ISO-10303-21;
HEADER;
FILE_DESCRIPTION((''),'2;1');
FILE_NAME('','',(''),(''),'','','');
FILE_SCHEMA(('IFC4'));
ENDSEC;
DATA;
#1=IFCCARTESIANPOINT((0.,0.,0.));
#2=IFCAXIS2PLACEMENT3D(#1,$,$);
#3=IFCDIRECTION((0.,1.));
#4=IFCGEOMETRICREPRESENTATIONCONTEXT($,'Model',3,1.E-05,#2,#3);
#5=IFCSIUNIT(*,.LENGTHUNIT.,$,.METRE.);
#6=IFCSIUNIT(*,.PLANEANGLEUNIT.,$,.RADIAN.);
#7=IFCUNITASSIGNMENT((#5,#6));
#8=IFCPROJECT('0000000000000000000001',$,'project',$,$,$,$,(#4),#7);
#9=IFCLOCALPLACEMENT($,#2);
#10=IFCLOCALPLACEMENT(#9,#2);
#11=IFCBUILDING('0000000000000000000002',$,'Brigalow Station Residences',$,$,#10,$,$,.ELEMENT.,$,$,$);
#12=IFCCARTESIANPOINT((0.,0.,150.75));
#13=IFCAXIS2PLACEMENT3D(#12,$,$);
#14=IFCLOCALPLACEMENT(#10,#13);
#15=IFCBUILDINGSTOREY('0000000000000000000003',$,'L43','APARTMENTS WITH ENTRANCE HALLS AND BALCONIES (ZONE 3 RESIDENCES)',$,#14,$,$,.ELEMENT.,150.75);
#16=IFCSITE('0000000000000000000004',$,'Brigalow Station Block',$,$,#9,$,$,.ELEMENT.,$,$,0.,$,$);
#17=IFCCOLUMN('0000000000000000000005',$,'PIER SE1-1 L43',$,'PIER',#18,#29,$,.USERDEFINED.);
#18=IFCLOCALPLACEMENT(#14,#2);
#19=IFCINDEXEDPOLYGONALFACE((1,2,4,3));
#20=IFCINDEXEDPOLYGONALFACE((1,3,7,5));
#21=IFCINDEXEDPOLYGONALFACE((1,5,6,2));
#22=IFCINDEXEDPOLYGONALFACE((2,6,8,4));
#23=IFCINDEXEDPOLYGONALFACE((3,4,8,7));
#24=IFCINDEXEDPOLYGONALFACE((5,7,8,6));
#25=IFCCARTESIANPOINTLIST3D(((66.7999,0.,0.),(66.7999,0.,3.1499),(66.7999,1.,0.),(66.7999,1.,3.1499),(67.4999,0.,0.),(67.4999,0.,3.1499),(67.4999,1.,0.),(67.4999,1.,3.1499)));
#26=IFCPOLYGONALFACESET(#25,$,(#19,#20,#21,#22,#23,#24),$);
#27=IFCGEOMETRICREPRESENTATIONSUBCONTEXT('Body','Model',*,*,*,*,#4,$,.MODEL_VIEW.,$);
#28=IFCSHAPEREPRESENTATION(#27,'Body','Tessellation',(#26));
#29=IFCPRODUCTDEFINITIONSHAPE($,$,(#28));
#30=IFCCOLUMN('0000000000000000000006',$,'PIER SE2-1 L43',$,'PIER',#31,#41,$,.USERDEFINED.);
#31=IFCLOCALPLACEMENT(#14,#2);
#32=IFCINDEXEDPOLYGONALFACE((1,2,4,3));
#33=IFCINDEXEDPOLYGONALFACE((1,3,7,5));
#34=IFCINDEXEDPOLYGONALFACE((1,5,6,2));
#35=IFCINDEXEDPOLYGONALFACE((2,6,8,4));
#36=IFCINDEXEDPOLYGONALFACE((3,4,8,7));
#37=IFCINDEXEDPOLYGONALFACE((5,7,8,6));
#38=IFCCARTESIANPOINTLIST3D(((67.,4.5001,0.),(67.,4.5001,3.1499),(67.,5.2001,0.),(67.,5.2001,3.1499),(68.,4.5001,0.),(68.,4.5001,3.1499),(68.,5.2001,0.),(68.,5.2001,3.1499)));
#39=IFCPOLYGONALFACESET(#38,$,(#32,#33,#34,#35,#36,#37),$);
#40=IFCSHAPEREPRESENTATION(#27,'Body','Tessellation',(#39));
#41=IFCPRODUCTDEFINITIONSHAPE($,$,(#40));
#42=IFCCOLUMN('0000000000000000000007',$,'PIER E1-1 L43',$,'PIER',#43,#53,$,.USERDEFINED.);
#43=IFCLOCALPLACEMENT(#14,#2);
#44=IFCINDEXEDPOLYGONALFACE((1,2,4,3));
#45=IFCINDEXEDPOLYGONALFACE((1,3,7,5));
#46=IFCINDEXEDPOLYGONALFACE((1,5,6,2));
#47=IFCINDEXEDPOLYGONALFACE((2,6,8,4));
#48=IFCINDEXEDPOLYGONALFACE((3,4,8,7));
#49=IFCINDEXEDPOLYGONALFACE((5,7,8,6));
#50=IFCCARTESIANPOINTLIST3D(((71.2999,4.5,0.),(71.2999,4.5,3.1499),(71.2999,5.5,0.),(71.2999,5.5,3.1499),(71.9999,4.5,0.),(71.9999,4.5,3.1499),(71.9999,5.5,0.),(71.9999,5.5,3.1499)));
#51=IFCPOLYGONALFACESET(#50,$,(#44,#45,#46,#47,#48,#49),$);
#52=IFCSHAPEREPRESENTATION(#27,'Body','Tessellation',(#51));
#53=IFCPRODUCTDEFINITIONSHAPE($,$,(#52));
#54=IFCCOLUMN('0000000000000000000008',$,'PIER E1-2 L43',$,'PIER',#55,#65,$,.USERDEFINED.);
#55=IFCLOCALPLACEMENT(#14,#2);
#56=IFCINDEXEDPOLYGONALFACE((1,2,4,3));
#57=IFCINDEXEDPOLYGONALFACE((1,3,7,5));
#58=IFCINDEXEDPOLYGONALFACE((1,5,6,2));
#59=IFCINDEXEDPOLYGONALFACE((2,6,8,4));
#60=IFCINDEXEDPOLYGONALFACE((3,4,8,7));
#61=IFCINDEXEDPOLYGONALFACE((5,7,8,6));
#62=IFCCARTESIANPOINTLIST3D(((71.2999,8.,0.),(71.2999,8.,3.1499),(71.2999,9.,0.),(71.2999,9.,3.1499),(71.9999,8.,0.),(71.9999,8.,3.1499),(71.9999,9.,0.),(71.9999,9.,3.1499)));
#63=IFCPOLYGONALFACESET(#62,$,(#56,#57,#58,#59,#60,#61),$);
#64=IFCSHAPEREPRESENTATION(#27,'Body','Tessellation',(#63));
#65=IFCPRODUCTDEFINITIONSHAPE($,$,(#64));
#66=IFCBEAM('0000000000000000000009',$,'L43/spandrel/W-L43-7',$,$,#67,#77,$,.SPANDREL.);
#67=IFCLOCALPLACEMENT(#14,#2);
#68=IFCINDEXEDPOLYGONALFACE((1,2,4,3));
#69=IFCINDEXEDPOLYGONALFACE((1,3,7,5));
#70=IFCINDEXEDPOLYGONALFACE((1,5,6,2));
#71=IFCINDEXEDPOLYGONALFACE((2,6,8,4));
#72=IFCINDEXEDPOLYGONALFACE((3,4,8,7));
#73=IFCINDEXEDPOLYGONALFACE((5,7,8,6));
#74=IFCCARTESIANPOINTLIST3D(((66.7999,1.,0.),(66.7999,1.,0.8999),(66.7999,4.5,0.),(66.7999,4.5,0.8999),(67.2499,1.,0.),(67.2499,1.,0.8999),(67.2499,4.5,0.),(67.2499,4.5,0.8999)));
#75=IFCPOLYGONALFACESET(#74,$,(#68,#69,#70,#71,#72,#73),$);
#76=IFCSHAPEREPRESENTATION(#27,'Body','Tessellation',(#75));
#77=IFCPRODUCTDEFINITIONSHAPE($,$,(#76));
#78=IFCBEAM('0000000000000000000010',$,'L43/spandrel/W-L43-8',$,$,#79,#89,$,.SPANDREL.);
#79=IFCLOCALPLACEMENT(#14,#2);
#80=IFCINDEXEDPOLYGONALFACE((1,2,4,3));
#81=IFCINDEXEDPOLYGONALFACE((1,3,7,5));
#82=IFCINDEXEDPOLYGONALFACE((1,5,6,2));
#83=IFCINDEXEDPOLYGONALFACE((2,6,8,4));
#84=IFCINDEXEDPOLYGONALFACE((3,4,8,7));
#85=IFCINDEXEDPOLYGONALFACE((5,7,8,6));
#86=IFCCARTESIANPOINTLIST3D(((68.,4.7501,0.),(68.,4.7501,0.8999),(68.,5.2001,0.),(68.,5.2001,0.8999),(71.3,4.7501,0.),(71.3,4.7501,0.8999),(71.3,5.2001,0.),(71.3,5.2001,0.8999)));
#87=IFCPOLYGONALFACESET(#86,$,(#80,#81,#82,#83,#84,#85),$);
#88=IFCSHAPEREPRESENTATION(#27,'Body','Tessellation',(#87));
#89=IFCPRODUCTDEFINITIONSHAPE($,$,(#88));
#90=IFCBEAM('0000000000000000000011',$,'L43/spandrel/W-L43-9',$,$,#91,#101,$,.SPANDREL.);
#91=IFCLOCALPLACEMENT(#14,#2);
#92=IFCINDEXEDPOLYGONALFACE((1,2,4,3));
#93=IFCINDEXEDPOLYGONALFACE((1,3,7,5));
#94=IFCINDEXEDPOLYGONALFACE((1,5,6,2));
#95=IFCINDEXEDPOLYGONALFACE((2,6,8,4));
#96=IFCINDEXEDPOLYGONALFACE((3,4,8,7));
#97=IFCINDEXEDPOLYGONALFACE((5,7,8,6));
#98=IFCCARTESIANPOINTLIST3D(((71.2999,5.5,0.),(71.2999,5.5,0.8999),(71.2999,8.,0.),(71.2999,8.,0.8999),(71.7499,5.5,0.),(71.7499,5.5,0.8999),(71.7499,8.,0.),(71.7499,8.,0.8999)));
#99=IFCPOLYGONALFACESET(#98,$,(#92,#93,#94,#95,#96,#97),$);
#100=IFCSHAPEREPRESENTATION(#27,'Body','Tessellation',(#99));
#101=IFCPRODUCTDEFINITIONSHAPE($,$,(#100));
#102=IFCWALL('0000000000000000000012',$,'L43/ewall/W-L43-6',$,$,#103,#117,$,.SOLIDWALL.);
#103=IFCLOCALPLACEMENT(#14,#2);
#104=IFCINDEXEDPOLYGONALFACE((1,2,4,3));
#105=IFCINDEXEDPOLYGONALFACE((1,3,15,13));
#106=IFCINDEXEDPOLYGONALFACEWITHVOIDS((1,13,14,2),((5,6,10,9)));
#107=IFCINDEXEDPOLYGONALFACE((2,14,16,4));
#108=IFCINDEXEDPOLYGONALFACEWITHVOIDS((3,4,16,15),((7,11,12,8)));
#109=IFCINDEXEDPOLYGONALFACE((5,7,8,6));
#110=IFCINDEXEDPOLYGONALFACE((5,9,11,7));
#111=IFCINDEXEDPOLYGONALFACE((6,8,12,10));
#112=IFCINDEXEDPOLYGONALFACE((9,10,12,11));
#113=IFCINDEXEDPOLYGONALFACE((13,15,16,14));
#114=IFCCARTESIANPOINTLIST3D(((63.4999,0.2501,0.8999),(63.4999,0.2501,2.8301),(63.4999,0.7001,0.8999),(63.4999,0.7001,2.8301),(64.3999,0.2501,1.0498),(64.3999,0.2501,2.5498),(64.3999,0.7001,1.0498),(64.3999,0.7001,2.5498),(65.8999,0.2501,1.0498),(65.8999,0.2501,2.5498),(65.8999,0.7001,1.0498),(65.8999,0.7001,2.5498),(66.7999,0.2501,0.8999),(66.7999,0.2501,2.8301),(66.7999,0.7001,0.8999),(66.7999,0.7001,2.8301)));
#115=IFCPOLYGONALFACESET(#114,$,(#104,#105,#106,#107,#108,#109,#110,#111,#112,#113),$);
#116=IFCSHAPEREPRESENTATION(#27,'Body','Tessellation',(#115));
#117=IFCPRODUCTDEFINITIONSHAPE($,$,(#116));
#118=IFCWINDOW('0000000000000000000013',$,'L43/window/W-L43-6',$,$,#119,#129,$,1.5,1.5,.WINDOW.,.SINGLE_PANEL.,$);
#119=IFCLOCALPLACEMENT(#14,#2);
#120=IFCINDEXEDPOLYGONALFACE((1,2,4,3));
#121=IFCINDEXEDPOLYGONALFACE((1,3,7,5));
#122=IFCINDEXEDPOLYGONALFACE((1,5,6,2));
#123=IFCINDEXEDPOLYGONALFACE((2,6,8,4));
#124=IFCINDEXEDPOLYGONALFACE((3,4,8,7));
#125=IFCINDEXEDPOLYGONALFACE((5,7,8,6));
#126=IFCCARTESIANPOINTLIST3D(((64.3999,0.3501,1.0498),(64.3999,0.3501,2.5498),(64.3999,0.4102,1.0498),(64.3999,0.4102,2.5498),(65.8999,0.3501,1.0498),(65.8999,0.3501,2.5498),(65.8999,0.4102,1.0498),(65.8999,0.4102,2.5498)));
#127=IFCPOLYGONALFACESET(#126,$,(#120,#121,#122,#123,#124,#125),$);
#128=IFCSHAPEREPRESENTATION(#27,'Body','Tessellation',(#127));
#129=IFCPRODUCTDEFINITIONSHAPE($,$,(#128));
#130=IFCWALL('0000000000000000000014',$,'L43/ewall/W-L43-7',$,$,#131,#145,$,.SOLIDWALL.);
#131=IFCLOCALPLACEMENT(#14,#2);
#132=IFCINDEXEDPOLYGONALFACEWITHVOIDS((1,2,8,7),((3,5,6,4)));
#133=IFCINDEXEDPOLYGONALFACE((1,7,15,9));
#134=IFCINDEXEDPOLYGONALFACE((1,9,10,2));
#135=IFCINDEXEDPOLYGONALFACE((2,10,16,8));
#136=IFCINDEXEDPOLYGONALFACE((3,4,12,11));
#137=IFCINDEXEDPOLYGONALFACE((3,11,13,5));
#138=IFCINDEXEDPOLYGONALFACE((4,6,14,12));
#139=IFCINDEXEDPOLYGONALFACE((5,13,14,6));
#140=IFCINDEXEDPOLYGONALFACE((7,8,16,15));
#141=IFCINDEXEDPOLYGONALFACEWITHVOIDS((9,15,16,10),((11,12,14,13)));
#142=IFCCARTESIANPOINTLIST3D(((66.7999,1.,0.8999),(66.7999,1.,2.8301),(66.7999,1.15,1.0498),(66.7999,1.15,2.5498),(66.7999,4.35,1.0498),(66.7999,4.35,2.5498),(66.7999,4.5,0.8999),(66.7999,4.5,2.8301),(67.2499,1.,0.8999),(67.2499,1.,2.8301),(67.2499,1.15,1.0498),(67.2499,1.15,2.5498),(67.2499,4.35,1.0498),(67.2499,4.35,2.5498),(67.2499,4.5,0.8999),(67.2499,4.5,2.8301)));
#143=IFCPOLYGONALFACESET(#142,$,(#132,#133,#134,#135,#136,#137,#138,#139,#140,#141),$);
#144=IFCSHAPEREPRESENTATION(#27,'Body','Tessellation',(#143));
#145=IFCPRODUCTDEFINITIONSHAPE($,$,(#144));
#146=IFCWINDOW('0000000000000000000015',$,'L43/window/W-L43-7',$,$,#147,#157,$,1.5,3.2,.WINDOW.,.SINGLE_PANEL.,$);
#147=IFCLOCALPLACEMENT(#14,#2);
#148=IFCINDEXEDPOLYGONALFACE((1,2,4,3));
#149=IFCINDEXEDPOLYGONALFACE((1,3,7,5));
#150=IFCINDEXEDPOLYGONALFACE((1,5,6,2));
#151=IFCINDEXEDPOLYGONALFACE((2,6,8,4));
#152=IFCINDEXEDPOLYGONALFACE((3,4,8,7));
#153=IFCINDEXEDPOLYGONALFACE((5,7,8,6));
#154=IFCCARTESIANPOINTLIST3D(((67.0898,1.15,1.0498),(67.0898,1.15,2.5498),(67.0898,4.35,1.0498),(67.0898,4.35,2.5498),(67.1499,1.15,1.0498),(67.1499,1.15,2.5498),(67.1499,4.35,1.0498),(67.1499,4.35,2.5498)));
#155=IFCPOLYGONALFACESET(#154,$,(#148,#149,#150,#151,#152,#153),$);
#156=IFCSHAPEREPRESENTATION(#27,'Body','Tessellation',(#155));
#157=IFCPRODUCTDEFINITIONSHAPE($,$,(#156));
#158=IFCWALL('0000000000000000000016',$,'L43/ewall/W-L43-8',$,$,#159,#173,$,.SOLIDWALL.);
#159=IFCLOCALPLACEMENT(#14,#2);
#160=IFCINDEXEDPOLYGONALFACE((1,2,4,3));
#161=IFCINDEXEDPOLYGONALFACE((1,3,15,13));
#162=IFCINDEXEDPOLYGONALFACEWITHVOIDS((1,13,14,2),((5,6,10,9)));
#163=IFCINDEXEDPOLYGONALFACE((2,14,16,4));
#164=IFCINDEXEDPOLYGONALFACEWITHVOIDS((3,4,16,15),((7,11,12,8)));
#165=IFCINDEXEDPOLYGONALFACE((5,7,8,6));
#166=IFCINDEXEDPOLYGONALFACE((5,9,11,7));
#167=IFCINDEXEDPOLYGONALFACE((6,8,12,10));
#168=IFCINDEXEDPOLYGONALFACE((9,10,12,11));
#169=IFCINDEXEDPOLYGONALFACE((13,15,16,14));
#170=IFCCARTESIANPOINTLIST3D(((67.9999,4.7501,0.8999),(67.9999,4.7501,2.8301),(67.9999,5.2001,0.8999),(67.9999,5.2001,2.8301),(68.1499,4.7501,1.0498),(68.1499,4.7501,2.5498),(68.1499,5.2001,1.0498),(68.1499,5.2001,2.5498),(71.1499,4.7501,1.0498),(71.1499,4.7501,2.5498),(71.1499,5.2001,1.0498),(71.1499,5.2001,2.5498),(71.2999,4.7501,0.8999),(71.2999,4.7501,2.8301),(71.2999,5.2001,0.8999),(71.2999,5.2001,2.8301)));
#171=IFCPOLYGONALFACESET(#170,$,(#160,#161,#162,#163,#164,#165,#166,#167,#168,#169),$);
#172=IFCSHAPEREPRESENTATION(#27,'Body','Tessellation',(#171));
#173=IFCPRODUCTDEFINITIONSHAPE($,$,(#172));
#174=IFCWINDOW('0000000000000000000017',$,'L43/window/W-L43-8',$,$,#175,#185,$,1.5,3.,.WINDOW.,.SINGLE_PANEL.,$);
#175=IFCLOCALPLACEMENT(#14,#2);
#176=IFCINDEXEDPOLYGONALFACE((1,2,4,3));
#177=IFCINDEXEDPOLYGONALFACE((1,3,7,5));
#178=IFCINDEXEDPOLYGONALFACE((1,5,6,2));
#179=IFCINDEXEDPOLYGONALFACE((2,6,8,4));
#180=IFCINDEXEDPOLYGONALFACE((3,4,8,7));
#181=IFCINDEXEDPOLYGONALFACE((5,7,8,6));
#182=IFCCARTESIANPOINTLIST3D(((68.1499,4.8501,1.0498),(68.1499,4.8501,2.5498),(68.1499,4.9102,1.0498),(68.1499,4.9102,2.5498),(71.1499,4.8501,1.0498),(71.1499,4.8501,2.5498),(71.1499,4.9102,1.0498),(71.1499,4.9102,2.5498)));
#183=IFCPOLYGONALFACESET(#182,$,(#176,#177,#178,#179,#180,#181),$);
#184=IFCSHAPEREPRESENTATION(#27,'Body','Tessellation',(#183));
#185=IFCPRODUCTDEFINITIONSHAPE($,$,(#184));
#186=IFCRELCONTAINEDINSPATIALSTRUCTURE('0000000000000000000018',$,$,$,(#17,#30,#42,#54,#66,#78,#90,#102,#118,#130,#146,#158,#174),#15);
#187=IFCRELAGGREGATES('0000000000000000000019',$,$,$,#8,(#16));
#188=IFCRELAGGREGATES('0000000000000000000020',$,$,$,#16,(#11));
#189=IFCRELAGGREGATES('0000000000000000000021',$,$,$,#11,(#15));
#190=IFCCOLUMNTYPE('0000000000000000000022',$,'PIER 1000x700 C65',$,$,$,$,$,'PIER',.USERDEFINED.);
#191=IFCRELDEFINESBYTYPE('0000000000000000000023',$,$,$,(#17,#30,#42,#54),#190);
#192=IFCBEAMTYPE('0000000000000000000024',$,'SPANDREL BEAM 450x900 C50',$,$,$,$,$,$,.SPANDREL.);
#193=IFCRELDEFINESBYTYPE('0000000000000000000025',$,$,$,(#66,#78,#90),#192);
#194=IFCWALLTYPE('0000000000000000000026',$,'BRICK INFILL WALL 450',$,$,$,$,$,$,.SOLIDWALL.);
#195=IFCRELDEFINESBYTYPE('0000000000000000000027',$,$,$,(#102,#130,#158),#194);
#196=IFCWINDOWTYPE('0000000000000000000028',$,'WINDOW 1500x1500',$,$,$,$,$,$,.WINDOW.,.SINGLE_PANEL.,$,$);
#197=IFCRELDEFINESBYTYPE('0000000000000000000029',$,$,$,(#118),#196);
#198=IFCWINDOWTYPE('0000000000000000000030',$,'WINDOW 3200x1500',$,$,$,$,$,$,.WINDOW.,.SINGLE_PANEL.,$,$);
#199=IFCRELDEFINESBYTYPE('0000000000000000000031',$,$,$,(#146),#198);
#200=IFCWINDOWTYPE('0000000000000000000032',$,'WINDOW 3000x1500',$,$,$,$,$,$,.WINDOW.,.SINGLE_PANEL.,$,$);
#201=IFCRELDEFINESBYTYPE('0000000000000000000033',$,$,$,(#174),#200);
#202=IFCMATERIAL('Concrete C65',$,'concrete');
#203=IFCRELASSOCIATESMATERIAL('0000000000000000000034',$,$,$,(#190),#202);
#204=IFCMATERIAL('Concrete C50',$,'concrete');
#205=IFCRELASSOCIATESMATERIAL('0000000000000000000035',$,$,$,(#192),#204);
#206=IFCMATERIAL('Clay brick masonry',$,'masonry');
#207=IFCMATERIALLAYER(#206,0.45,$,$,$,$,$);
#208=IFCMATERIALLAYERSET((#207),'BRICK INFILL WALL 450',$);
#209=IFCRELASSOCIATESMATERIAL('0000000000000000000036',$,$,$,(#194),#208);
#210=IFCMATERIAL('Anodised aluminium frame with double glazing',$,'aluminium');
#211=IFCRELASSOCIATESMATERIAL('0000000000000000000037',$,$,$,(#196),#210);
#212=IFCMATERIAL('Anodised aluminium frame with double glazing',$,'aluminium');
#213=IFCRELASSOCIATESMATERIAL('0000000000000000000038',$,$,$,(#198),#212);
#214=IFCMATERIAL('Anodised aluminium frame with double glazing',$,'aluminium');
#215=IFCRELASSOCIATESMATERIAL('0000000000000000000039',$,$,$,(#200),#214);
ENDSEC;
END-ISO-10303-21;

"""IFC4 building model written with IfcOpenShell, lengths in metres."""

from ifc_helpers import new_model, si_unit, direction, frame, frame_2d, origin, origin_2d, place, context, subcontext, project, spatial, rectangle, extrude, material, layer, layer_set, material_profile, profile_set, type_object, element, fill, save


model = new_model("IFC4")

# Units and contexts
model_context = context("Model", 3, precision=1e-05, world=origin(), true_north=direction((0.0, 1.0)))
body_context = subcontext(model_context, "Body", "Model", "MODEL_VIEW")
ifc_project = project(units=[si_unit("LENGTHUNIT", "METRE"), si_unit("PLANEANGLEUNIT", "RADIAN")], contexts=[model_context])

# Site, building, storey
site_placement = place(None, origin())
site = spatial("IfcSite", under=ifc_project, at=site_placement, Name="Brigalow Station Block", CompositionType="ELEMENT", RefElevation=0.0)
building_placement = place(site_placement, origin())
building = spatial("IfcBuilding", under=site, at=building_placement, Name="Brigalow Station Residences", CompositionType="ELEMENT")
storey_placement = place(building_placement, frame((0.0, 0.0, 150.75)))
storey = spatial("IfcBuildingStorey", under=building, at=storey_placement, Name="L43", Description="APARTMENTS WITH ENTRANCE HALLS AND BALCONIES (ZONE 3 RESIDENCES)", CompositionType="ELEMENT", Elevation=150.75)

# Columns
ifc_material_1 = material(Name="Concrete C65", Category="concrete")
ifc_material_profile_1 = material_profile(ifc_material_1, rectangle(XDim=1.0, YDim=0.7, at=origin_2d()), Name="RC1000x700")
ifc_profile_set_1 = profile_set([ifc_material_profile_1], Name="Concrete C65")
column_type = type_object("IfcColumnType", Name="PIER 1000x700 C65", ElementType="PIER", PredefinedType="USERDEFINED", material=ifc_profile_set_1)
for number, where, z_axis, x_axis, name in (
    (1, (67.1499, 0.5, 0.0), (0.0, 0.0, 1.0), (0.0, 1.0, 0.0), "PIER SE1-1 L43"),
    (2, (67.5, 4.8501, 0.0), (0.0, 0.0, 1.0), (1.0, 0.0, 0.0), "PIER SE2-1 L43"),
    (3, (71.6499, 5.0, 0.0), (0.0, 0.0, 1.0), (0.0, 1.0, 0.0), "PIER E1-1 L43"),
    (4, (71.6499, 8.5, 0.0), (0.0, 0.0, 1.0), (0.0, 1.0, 0.0), "PIER E1-2 L43"),
):
    element("IfcColumn", number, at=place(storey_placement, frame(where, z_axis=z_axis, x_axis=x_axis)), inside=storey, type_object=column_type, Name=name, ObjectType="PIER", PredefinedType="USERDEFINED", context=body_context, shape_type="SweptSolid", body=[
        extrude(rectangle(XDim=1.0, YDim=0.7, at=origin_2d()), origin(), (0.0, 0.0, 1.0), 3.1499),
    ])

# Beams
ifc_material_2 = material(Name="Concrete C50", Category="concrete")
ifc_material_profile_2 = material_profile(ifc_material_2, rectangle(XDim=0.45, YDim=0.8999, at=origin_2d()), Name="RC450x900")
ifc_profile_set_2 = profile_set([ifc_material_profile_2], Name="Concrete C50")
beam_type = type_object("IfcBeamType", Name="SPANDREL BEAM 450x900 C50", PredefinedType="SPANDREL", material=ifc_profile_set_2)
beam_1_placement = place(storey_placement, frame((67.0249, 1.0, 0.45), z_axis=(0.0, 1.0, 0.0), x_axis=(-1.0, 0.0, 0.0)))
element("IfcBeam", 5, at=beam_1_placement, inside=storey, type_object=beam_type, Name="L43/spandrel/W-L43-7", PredefinedType="SPANDREL", context=body_context, shape_type="SweptSolid", body=[
    extrude(rectangle(XDim=0.45, YDim=0.8999, at=origin_2d()), origin(), (0.0, 0.0, 1.0), 3.5),
])
beam_2_placement = place(storey_placement, frame((68.0, 4.9751, 0.45), z_axis=(1.0, 0.0, 0.0), x_axis=(0.0, 1.0, 0.0)))
element("IfcBeam", 6, at=beam_2_placement, inside=storey, type_object=beam_type, Name="L43/spandrel/W-L43-8", PredefinedType="SPANDREL", context=body_context, shape_type="SweptSolid", body=[
    extrude(rectangle(XDim=0.45, YDim=0.8999, at=origin_2d()), origin(), (0.0, 0.0, 1.0), 3.3),
])
beam_3_placement = place(storey_placement, frame((71.5249, 5.5, 0.45), z_axis=(0.0, 1.0, 0.0), x_axis=(-1.0, 0.0, 0.0)))
element("IfcBeam", 7, at=beam_3_placement, inside=storey, type_object=beam_type, Name="L43/spandrel/W-L43-9", PredefinedType="SPANDREL", context=body_context, shape_type="SweptSolid", body=[
    extrude(rectangle(XDim=0.45, YDim=0.8999, at=origin_2d()), origin(), (0.0, 0.0, 1.0), 2.5),
])

# Walls, openings, windows
ifc_material_3 = material(Name="Clay brick masonry", Category="masonry")
ifc_layer_1 = layer(ifc_material_3, 0.45)
ifc_layer_set_1 = layer_set([ifc_layer_1], Name="BRICK INFILL WALL 450")
wall_type_1 = type_object("IfcWallType", Name="BRICK INFILL WALL 450", PredefinedType="SOLIDWALL", material=ifc_layer_set_1)
wall_1_placement = place(storey_placement, frame((63.5, 0.4751, 0.8999), z_axis=(0.0, 0.0, 1.0), x_axis=(1.0, 0.0, 0.0)))
wall_1 = element("IfcWall", 8, at=wall_1_placement, inside=storey, type_object=wall_type_1, Name="L43/ewall/W-L43-6", PredefinedType="SOLIDWALL", context=body_context, shape_type="SweptSolid", body=[
    extrude(rectangle(XDim=3.3, YDim=0.45, at=frame_2d((1.6499, 0.0))), origin(), (0.0, 0.0, 1.0), 1.9302),
])
opening_1_placement = place(wall_1_placement, frame((0.8999, 0.0, 0.1499)))
opening_1 = element("IfcOpeningElement", 9, at=opening_1_placement, cuts=wall_1, PredefinedType="OPENING", context=body_context, shape_type="SweptSolid", body=[
    extrude(rectangle(XDim=1.5, YDim=1.5, at=frame_2d((0.75, 0.75))), frame((0.0, 0.2349, 0.0), z_axis=(0.0, -1.0, 0.0), x_axis=(1.0, 0.0, 0.0)), (0.0, 0.0, 1.0), 0.47),
])
ifc_material_4 = material(Name="Anodised aluminium frame with double glazing", Category="aluminium")
window_type_1 = type_object("IfcWindowType", Name="WINDOW 1500x1500", PartitioningType="SINGLE_PANEL", PredefinedType="WINDOW", material=ifc_material_4)
window_1_placement = place(opening_1_placement, origin())
window_1 = element("IfcWindow", 10, at=window_1_placement, inside=storey, type_object=window_type_1, Name="L43/window/W-L43-6", OverallHeight=1.5, OverallWidth=1.5, PartitioningType="SINGLE_PANEL", PredefinedType="WINDOW", context=body_context, shape_type="SweptSolid", body=[
    extrude(rectangle(XDim=1.5, YDim=1.5, at=frame_2d((0.75, 0.75))), frame((0.0, -0.0649, 0.0), z_axis=(0.0, -1.0, 0.0), x_axis=(1.0, 0.0, 0.0)), (0.0, 0.0, 1.0), 0.0601),
])
fill(opening_1, window_1)
wall_2_placement = place(storey_placement, frame((67.0249, 1.0, 0.8999), z_axis=(0.0, 0.0, 1.0), x_axis=(0.0, 1.0, 0.0)))
wall_2 = element("IfcWall", 11, at=wall_2_placement, inside=storey, type_object=wall_type_1, Name="L43/ewall/W-L43-7", PredefinedType="SOLIDWALL", context=body_context, shape_type="SweptSolid", body=[
    extrude(rectangle(XDim=3.5, YDim=0.45, at=frame_2d((1.75, 0.0))), origin(), (0.0, 0.0, 1.0), 1.9302),
])
opening_2_placement = place(wall_2_placement, frame((0.1499, 0.0, 0.1499)))
opening_2 = element("IfcOpeningElement", 12, at=opening_2_placement, cuts=wall_2, PredefinedType="OPENING", context=body_context, shape_type="SweptSolid", body=[
    extrude(rectangle(XDim=3.2, YDim=1.5, at=frame_2d((1.6001, 0.75))), frame((0.0, 0.2349, 0.0), z_axis=(0.0, -1.0, 0.0), x_axis=(1.0, 0.0, 0.0)), (0.0, 0.0, 1.0), 0.47),
])
ifc_material_5 = material(Name="Anodised aluminium frame with double glazing", Category="aluminium")
window_type_2 = type_object("IfcWindowType", Name="WINDOW 3200x1500", PartitioningType="SINGLE_PANEL", PredefinedType="WINDOW", material=ifc_material_5)
window_2_placement = place(opening_2_placement, origin())
window_2 = element("IfcWindow", 13, at=window_2_placement, inside=storey, type_object=window_type_2, Name="L43/window/W-L43-7", OverallHeight=1.5, OverallWidth=3.2, PartitioningType="SINGLE_PANEL", PredefinedType="WINDOW", context=body_context, shape_type="SweptSolid", body=[
    extrude(rectangle(XDim=3.2, YDim=1.5, at=frame_2d((1.6001, 0.75))), frame((0.0, -0.0649, 0.0), z_axis=(0.0, -1.0, 0.0), x_axis=(1.0, 0.0, 0.0)), (0.0, 0.0, 1.0), 0.0601),
])
fill(opening_2, window_2)
wall_3_placement = place(storey_placement, frame((68.0, 4.9751, 0.8999), z_axis=(0.0, 0.0, 1.0), x_axis=(1.0, 0.0, 0.0)))
wall_3 = element("IfcWall", 14, at=wall_3_placement, inside=storey, type_object=wall_type_1, Name="L43/ewall/W-L43-8", PredefinedType="SOLIDWALL", context=body_context, shape_type="SweptSolid", body=[
    extrude(rectangle(XDim=3.3, YDim=0.45, at=frame_2d((1.6499, 0.0))), origin(), (0.0, 0.0, 1.0), 1.9302),
])
opening_3_placement = place(wall_3_placement, frame((0.1499, 0.0, 0.1499)))
opening_3 = element("IfcOpeningElement", 15, at=opening_3_placement, cuts=wall_3, PredefinedType="OPENING", context=body_context, shape_type="SweptSolid", body=[
    extrude(rectangle(XDim=3.0, YDim=1.5, at=frame_2d((1.5, 0.75))), frame((0.0, 0.2349, 0.0), z_axis=(0.0, -1.0, 0.0), x_axis=(1.0, 0.0, 0.0)), (0.0, 0.0, 1.0), 0.47),
])
ifc_material_6 = material(Name="Anodised aluminium frame with double glazing", Category="aluminium")
window_type_3 = type_object("IfcWindowType", Name="WINDOW 3000x1500", PartitioningType="SINGLE_PANEL", PredefinedType="WINDOW", material=ifc_material_6)
window_3_placement = place(opening_3_placement, origin())
window_3 = element("IfcWindow", 16, at=window_3_placement, inside=storey, type_object=window_type_3, Name="L43/window/W-L43-8", OverallHeight=1.5, OverallWidth=3.0, PartitioningType="SINGLE_PANEL", PredefinedType="WINDOW", context=body_context, shape_type="SweptSolid", body=[
    extrude(rectangle(XDim=3.0, YDim=1.5, at=frame_2d((1.5, 0.75))), frame((0.0, -0.0649, 0.0), z_axis=(0.0, -1.0, 0.0), x_axis=(1.0, 0.0, 0.0)), (0.0, 0.0, 1.0), 0.0601),
])
fill(opening_3, window_3)

save(model, "model.ifc")
